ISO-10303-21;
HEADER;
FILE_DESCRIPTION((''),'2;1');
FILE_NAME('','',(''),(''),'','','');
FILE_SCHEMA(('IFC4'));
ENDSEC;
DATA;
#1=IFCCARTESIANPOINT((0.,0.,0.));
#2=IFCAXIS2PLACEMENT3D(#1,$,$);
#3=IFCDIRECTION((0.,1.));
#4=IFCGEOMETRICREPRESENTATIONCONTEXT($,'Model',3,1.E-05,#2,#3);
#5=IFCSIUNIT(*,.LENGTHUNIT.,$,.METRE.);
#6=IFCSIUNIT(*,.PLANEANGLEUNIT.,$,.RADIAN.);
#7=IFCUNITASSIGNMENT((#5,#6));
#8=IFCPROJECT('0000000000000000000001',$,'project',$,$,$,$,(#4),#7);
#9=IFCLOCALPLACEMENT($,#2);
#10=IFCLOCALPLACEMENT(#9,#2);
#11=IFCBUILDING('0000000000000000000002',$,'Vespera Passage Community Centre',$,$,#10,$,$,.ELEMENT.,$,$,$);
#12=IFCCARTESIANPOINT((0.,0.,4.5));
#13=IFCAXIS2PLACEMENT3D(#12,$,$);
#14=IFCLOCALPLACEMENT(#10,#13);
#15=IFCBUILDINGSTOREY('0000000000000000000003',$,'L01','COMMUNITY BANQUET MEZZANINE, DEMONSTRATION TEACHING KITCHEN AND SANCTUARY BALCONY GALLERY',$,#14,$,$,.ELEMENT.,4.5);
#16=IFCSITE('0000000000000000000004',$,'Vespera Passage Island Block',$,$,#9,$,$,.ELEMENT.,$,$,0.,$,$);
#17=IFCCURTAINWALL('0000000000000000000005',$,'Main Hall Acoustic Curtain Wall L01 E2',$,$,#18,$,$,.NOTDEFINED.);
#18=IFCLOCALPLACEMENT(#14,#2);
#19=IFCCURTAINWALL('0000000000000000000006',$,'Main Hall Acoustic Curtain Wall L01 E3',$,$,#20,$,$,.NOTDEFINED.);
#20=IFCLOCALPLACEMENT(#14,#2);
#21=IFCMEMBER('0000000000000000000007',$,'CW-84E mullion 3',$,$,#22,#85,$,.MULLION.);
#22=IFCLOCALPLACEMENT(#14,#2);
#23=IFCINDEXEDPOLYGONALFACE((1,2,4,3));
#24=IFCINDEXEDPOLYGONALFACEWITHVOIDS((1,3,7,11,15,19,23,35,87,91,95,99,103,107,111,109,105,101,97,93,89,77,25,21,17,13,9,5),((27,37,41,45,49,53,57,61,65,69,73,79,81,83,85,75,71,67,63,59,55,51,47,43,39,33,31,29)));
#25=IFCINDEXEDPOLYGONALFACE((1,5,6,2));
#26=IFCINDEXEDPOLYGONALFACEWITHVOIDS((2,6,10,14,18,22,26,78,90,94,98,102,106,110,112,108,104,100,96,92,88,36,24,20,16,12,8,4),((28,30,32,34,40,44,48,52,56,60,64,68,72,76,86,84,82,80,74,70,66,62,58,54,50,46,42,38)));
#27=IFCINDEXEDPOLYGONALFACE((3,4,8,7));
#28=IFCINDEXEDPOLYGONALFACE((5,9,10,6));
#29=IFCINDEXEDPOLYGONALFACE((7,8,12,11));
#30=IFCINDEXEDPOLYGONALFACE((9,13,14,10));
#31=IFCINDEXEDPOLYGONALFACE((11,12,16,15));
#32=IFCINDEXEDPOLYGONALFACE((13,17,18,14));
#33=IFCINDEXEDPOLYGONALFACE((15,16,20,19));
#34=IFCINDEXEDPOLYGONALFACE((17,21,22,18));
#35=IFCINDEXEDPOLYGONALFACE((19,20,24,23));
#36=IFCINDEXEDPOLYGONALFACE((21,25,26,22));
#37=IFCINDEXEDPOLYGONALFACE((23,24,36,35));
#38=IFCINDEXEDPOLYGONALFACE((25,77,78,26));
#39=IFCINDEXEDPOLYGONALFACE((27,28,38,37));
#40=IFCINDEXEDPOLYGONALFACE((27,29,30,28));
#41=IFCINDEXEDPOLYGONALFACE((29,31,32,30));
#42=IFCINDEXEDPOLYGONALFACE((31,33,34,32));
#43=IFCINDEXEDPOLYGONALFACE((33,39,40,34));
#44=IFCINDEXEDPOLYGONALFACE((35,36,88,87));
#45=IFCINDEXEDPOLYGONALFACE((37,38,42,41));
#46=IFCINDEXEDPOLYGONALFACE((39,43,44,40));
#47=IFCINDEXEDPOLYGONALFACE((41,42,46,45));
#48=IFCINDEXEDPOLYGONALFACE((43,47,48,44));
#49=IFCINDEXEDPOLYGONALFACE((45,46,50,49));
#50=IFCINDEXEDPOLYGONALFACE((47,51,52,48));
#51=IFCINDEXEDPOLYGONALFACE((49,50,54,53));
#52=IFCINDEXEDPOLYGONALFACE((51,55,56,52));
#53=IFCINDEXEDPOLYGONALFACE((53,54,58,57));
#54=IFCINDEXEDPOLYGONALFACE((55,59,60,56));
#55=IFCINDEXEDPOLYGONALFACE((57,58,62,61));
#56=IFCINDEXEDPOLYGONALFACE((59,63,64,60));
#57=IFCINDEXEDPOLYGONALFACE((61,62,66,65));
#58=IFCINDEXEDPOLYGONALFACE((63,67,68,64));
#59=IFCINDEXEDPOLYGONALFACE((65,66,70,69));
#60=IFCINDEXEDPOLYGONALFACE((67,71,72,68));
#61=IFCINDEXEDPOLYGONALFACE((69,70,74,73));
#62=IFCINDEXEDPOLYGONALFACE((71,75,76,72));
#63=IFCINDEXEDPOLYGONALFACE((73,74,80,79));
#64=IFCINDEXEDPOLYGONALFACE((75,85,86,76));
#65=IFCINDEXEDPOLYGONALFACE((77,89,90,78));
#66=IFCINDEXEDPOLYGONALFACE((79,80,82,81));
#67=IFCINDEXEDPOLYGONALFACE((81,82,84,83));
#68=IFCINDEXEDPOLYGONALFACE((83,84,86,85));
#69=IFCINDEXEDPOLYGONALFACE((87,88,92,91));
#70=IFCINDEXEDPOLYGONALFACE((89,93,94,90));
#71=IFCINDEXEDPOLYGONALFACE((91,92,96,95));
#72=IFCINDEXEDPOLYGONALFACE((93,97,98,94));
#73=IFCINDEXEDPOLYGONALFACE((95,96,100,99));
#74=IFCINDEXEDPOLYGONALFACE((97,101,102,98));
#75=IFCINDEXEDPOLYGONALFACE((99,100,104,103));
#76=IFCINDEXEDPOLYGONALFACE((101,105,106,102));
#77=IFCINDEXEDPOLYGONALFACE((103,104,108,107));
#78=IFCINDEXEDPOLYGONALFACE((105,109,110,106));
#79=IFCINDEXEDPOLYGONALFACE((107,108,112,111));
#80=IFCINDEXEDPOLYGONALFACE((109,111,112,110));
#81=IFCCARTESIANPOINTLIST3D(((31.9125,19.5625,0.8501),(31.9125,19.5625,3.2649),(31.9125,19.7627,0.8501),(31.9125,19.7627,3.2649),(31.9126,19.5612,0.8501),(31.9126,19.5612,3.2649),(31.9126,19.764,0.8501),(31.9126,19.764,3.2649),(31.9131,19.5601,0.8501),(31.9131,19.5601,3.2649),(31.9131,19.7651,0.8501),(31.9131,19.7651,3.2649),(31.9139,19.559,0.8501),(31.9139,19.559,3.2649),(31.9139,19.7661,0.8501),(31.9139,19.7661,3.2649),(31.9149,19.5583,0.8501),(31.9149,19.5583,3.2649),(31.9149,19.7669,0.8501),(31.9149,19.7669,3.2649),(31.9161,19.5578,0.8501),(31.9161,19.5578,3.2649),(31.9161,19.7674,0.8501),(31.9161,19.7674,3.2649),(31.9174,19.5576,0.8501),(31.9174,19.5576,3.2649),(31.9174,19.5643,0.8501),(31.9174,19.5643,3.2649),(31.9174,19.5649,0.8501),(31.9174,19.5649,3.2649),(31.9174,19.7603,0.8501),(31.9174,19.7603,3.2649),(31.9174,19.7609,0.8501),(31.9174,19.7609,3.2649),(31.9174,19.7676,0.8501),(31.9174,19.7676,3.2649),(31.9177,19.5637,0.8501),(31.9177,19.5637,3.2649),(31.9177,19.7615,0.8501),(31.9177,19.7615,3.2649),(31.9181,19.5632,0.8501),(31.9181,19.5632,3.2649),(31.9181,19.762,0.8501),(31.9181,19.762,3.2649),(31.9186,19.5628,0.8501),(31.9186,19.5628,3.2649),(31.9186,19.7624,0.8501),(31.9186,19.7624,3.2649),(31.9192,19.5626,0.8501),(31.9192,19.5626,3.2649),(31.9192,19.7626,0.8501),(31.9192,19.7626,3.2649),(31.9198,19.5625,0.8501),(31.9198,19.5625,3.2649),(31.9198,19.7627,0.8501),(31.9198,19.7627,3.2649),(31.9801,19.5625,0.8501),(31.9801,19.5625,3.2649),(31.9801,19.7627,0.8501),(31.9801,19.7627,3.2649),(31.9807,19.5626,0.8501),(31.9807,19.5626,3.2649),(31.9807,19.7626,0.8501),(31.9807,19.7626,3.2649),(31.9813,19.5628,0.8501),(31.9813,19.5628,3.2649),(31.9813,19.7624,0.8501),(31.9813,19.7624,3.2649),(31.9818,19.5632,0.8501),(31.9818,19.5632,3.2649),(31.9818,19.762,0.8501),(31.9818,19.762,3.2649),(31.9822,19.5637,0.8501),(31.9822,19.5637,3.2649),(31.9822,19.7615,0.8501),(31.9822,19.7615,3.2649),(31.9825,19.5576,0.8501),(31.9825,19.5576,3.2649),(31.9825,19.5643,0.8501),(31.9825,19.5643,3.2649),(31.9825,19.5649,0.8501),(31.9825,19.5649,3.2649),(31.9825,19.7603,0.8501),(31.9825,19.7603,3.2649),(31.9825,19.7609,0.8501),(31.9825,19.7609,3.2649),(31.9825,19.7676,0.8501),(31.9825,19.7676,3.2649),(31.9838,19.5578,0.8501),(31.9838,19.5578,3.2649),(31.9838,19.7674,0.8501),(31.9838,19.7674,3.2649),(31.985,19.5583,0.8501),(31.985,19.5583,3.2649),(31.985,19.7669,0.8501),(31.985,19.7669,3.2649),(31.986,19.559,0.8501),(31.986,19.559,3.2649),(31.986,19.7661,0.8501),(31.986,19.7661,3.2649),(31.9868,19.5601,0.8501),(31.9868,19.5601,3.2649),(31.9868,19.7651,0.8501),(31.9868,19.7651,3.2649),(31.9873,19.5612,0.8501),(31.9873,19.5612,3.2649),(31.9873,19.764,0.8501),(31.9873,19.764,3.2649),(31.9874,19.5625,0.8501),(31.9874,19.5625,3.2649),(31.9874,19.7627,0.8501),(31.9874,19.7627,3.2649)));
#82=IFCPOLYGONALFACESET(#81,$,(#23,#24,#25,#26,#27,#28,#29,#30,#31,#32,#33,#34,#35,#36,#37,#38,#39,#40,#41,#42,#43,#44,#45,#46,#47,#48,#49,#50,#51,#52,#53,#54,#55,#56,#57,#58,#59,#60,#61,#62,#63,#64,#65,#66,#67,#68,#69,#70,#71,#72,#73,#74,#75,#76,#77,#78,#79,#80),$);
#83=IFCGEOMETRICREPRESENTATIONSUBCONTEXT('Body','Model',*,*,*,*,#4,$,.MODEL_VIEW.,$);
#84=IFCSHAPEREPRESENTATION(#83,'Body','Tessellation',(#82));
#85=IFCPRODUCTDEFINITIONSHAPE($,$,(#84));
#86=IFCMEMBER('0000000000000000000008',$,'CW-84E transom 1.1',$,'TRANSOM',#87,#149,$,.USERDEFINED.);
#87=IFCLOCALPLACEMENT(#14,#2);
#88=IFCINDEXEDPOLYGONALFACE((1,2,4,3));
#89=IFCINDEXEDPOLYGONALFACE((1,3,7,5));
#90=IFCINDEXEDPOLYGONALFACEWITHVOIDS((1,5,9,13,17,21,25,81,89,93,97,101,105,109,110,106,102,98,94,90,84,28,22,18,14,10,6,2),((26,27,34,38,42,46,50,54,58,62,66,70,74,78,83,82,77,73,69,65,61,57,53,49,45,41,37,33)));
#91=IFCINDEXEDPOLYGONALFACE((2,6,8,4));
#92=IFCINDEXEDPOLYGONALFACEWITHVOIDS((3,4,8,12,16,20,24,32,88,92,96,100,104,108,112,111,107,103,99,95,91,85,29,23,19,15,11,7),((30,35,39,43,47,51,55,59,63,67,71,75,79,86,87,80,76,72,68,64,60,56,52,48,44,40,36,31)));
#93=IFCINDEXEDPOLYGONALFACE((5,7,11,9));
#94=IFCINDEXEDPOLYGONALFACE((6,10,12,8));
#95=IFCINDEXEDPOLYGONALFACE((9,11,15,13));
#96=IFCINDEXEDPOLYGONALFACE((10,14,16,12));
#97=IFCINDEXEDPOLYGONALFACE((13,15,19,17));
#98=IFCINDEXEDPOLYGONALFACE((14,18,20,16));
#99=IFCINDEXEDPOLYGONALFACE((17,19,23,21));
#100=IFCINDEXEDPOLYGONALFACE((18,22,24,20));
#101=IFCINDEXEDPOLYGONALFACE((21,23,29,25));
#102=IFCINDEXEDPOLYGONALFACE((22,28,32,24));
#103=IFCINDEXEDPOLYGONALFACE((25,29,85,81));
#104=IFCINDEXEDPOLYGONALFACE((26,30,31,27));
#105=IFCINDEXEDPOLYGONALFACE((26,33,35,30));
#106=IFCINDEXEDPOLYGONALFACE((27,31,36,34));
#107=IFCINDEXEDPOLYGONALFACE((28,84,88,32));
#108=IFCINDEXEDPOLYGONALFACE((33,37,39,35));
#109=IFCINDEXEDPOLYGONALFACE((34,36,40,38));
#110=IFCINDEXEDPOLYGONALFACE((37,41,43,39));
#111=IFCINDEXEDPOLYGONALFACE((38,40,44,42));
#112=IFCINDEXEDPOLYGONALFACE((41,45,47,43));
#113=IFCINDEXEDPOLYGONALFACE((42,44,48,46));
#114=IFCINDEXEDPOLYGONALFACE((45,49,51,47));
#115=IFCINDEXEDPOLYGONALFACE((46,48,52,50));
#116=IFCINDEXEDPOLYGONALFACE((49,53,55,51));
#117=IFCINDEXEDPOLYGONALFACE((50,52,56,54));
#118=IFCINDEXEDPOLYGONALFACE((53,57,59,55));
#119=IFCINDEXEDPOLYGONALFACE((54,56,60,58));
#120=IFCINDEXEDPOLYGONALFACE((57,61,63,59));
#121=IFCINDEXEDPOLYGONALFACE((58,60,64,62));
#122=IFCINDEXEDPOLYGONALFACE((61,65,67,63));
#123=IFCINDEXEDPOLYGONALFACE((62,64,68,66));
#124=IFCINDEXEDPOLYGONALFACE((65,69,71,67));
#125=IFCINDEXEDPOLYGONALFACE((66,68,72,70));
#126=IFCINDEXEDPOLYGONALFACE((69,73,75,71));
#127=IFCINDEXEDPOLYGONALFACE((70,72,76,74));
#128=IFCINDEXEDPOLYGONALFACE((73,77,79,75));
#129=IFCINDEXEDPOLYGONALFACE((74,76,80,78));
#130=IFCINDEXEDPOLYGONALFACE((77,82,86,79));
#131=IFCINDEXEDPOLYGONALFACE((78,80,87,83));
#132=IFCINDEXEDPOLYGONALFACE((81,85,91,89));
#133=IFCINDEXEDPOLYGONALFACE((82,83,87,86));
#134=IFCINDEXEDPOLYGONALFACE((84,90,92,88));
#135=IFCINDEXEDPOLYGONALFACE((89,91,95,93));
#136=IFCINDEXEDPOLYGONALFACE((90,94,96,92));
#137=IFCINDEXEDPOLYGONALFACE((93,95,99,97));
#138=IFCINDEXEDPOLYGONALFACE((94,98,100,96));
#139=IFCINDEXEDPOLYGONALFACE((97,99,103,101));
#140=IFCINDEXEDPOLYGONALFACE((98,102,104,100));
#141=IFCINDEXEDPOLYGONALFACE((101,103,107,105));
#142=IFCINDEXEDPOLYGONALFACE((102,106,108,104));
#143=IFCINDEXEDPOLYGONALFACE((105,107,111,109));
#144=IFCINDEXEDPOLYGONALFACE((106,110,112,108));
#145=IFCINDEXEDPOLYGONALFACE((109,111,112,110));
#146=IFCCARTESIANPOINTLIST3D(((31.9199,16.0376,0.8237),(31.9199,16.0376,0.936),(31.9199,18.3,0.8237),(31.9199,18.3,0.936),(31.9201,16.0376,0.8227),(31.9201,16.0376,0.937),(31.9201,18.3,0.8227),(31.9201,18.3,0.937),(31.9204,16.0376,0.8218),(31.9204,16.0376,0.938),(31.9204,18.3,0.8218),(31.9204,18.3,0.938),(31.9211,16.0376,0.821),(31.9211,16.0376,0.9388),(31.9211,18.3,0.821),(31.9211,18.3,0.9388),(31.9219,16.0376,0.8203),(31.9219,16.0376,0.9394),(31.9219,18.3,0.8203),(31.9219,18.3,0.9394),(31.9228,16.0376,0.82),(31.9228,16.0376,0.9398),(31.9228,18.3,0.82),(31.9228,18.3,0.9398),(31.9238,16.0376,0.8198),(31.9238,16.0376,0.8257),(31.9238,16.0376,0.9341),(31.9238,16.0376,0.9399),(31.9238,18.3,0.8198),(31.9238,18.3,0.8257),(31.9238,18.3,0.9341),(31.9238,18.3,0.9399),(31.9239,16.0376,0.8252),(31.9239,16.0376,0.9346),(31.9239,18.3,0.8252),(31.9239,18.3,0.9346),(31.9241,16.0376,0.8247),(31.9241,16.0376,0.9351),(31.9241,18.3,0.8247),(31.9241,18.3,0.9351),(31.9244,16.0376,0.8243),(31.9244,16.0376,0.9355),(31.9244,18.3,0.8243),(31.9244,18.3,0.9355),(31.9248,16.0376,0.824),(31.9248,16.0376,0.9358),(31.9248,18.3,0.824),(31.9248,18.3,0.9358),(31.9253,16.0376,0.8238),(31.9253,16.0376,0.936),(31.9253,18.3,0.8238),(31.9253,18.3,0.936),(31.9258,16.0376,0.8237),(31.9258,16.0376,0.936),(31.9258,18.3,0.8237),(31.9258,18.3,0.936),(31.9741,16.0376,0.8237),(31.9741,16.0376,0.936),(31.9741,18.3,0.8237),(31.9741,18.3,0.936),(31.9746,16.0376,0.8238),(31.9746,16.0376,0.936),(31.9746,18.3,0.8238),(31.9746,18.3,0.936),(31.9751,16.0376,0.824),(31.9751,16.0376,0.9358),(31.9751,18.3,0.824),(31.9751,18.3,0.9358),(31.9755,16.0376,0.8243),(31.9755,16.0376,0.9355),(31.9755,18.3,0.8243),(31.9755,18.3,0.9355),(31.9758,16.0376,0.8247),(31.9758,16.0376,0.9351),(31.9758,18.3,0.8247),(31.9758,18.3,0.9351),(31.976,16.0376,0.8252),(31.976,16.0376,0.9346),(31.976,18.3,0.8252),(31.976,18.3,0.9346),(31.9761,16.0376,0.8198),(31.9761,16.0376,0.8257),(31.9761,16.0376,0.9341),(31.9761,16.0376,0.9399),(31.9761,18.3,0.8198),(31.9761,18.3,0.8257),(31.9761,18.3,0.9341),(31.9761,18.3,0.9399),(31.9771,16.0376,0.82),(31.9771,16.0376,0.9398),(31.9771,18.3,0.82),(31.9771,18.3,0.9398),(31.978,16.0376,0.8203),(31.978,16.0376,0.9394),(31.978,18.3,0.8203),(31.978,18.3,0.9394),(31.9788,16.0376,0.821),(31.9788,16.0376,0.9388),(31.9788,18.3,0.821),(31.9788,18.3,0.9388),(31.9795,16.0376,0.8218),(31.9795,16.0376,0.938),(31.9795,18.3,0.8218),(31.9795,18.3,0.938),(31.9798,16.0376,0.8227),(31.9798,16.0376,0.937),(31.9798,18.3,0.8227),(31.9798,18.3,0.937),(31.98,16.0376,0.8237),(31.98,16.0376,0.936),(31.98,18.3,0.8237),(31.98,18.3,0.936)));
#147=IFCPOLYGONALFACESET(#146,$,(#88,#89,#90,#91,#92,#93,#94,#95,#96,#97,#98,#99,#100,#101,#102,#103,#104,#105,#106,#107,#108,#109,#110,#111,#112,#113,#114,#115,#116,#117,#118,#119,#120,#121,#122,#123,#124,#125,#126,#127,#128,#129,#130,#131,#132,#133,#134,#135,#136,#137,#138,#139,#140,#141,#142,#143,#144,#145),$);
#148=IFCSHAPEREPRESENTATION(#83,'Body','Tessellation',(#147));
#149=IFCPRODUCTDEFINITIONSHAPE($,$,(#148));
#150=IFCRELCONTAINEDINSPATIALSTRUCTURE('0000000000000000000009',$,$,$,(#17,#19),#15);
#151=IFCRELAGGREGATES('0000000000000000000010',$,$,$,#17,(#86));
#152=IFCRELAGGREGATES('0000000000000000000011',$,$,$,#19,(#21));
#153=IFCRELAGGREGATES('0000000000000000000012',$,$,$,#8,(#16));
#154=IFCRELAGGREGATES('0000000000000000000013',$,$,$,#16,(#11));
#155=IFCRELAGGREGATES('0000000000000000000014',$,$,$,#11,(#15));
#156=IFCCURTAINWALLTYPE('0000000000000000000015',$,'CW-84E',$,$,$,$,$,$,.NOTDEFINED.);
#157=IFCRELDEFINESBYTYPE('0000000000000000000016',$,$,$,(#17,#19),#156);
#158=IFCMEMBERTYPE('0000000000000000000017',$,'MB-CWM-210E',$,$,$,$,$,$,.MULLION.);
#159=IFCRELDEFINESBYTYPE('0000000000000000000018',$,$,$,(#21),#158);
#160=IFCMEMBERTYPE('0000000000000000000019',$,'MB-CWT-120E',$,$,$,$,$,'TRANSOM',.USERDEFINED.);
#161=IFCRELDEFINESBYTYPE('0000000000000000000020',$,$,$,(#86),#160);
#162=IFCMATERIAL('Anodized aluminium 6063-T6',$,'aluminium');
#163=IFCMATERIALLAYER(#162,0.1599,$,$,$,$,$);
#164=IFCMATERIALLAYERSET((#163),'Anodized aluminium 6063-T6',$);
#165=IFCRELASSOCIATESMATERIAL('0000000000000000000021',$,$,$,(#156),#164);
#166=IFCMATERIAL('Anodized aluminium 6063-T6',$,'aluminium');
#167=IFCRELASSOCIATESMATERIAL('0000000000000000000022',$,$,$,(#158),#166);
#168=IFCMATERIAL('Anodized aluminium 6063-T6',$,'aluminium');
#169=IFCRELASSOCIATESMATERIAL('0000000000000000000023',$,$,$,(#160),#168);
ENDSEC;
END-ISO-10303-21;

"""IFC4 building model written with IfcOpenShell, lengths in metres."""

from ifc_helpers import new_model, si_unit, direction, frame, origin, origin_2d, place, context, subcontext, project, spatial, hollow_rectangle, extrude, material, layer, layer_set, material_profile, profile_set, type_object, element, aggregate, save


model = new_model("IFC4")

# Units and contexts
model_context = context("Model", 3, precision=1e-05, world=origin(), true_north=direction((0.0, 1.0)))
body_context = subcontext(model_context, "Body", "Model", "MODEL_VIEW")
ifc_project = project(units=[si_unit("LENGTHUNIT", "METRE"), si_unit("PLANEANGLEUNIT", "RADIAN")], contexts=[model_context])

# Site, building, storey
site_placement = place(None, origin())
site = spatial("IfcSite", under=ifc_project, at=site_placement, Name="Vespera Passage Island Block", CompositionType="ELEMENT", RefElevation=0.0)
building_placement = place(site_placement, origin())
building = spatial("IfcBuilding", under=site, at=building_placement, Name="Vespera Passage Community Centre", CompositionType="ELEMENT")
storey_placement = place(building_placement, frame((0.0, 0.0, 4.5)))
storey = spatial("IfcBuildingStorey", under=building, at=storey_placement, Name="L01", Description="COMMUNITY BANQUET MEZZANINE, DEMONSTRATION TEACHING KITCHEN AND SANCTUARY BALCONY GALLERY", CompositionType="ELEMENT", Elevation=4.5)

# Curtain walls, member
ifc_material_1 = material(Name="Anodized aluminium 6063-T6", Category="aluminium")
ifc_layer_1 = layer(ifc_material_1, 0.1599)
ifc_layer_set_1 = layer_set([ifc_layer_1], Name="Anodized aluminium 6063-T6")
curtain_wall_type = type_object("IfcCurtainWallType", Name="CW-84E", PredefinedType="NOTDEFINED", material=ifc_layer_set_1)
curtain_wall_1_placement = place(storey_placement, origin())
curtain_wall_1 = element("IfcCurtainWall", 1, at=curtain_wall_1_placement, inside=storey, type_object=curtain_wall_type, Name="Main Hall Acoustic Curtain Wall L01 E2", PredefinedType="NOTDEFINED")
ifc_material_2 = material(Name="Anodized aluminium 6063-T6", Category="aluminium")
ifc_material_profile_1 = material_profile(ifc_material_2, hollow_rectangle(XDim=0.075, YDim=0.21, WallThickness=0.0049, InnerFilletRadius=0.0024, OuterFilletRadius=0.0049, at=origin_2d()), Name="ALU210X75X5")
ifc_profile_set_1 = profile_set([ifc_material_profile_1], Name="Anodized aluminium 6063-T6")
member_type_1 = type_object("IfcMemberType", Name="MB-CWM-210E", PredefinedType="MULLION", material=ifc_profile_set_1)
curtain_wall_2_placement = place(storey_placement, origin())
curtain_wall_2 = element("IfcCurtainWall", 2, at=curtain_wall_2_placement, inside=storey, type_object=curtain_wall_type, Name="Main Hall Acoustic Curtain Wall L01 E3", PredefinedType="NOTDEFINED")
member_1_placement = place(storey_placement, frame((31.95, 19.6626, 0.8501), z_axis=(0.0, 0.0, 1.0), x_axis=(1.0, 0.0, 0.0)))
member_1 = element("IfcMember", 3, at=member_1_placement, type_object=member_type_1, Name="CW-84E mullion 3", PredefinedType="MULLION", context=body_context, shape_type="SweptSolid", body=[
    extrude(hollow_rectangle(XDim=0.075, YDim=0.21, WallThickness=0.0049, InnerFilletRadius=0.0024, OuterFilletRadius=0.0049, at=origin_2d()), origin(), (0.0, 0.0, 1.0), 2.4148),
])

# Member
ifc_material_3 = material(Name="Anodized aluminium 6063-T6", Category="aluminium")
ifc_material_profile_2 = material_profile(ifc_material_3, hollow_rectangle(XDim=0.0601, YDim=0.1201, WallThickness=0.0039, InnerFilletRadius=0.002, OuterFilletRadius=0.0039, at=origin_2d()), Name="ALU120X60X4")
ifc_profile_set_2 = profile_set([ifc_material_profile_2], Name="Anodized aluminium 6063-T6")
member_type_2 = type_object("IfcMemberType", Name="MB-CWT-120E", ElementType="TRANSOM", PredefinedType="USERDEFINED", material=ifc_profile_set_2)
member_2_placement = place(storey_placement, frame((31.95, 18.3, 0.8799), z_axis=(0.0, -1.0, 0.0), x_axis=(1.0, 0.0, 0.0)))
member_2 = element("IfcMember", 4, at=member_2_placement, type_object=member_type_2, Name="CW-84E transom 1.1", ObjectType="TRANSOM", PredefinedType="USERDEFINED", context=body_context, shape_type="SweptSolid", body=[
    extrude(hollow_rectangle(XDim=0.0601, YDim=0.1201, WallThickness=0.0039, InnerFilletRadius=0.002, OuterFilletRadius=0.0039, at=origin_2d()), origin(), (0.0, 0.0, 1.0), 2.2625),
])

aggregate(curtain_wall_1, [member_2])
aggregate(curtain_wall_2, [member_1])

save(model, "model.ifc")
